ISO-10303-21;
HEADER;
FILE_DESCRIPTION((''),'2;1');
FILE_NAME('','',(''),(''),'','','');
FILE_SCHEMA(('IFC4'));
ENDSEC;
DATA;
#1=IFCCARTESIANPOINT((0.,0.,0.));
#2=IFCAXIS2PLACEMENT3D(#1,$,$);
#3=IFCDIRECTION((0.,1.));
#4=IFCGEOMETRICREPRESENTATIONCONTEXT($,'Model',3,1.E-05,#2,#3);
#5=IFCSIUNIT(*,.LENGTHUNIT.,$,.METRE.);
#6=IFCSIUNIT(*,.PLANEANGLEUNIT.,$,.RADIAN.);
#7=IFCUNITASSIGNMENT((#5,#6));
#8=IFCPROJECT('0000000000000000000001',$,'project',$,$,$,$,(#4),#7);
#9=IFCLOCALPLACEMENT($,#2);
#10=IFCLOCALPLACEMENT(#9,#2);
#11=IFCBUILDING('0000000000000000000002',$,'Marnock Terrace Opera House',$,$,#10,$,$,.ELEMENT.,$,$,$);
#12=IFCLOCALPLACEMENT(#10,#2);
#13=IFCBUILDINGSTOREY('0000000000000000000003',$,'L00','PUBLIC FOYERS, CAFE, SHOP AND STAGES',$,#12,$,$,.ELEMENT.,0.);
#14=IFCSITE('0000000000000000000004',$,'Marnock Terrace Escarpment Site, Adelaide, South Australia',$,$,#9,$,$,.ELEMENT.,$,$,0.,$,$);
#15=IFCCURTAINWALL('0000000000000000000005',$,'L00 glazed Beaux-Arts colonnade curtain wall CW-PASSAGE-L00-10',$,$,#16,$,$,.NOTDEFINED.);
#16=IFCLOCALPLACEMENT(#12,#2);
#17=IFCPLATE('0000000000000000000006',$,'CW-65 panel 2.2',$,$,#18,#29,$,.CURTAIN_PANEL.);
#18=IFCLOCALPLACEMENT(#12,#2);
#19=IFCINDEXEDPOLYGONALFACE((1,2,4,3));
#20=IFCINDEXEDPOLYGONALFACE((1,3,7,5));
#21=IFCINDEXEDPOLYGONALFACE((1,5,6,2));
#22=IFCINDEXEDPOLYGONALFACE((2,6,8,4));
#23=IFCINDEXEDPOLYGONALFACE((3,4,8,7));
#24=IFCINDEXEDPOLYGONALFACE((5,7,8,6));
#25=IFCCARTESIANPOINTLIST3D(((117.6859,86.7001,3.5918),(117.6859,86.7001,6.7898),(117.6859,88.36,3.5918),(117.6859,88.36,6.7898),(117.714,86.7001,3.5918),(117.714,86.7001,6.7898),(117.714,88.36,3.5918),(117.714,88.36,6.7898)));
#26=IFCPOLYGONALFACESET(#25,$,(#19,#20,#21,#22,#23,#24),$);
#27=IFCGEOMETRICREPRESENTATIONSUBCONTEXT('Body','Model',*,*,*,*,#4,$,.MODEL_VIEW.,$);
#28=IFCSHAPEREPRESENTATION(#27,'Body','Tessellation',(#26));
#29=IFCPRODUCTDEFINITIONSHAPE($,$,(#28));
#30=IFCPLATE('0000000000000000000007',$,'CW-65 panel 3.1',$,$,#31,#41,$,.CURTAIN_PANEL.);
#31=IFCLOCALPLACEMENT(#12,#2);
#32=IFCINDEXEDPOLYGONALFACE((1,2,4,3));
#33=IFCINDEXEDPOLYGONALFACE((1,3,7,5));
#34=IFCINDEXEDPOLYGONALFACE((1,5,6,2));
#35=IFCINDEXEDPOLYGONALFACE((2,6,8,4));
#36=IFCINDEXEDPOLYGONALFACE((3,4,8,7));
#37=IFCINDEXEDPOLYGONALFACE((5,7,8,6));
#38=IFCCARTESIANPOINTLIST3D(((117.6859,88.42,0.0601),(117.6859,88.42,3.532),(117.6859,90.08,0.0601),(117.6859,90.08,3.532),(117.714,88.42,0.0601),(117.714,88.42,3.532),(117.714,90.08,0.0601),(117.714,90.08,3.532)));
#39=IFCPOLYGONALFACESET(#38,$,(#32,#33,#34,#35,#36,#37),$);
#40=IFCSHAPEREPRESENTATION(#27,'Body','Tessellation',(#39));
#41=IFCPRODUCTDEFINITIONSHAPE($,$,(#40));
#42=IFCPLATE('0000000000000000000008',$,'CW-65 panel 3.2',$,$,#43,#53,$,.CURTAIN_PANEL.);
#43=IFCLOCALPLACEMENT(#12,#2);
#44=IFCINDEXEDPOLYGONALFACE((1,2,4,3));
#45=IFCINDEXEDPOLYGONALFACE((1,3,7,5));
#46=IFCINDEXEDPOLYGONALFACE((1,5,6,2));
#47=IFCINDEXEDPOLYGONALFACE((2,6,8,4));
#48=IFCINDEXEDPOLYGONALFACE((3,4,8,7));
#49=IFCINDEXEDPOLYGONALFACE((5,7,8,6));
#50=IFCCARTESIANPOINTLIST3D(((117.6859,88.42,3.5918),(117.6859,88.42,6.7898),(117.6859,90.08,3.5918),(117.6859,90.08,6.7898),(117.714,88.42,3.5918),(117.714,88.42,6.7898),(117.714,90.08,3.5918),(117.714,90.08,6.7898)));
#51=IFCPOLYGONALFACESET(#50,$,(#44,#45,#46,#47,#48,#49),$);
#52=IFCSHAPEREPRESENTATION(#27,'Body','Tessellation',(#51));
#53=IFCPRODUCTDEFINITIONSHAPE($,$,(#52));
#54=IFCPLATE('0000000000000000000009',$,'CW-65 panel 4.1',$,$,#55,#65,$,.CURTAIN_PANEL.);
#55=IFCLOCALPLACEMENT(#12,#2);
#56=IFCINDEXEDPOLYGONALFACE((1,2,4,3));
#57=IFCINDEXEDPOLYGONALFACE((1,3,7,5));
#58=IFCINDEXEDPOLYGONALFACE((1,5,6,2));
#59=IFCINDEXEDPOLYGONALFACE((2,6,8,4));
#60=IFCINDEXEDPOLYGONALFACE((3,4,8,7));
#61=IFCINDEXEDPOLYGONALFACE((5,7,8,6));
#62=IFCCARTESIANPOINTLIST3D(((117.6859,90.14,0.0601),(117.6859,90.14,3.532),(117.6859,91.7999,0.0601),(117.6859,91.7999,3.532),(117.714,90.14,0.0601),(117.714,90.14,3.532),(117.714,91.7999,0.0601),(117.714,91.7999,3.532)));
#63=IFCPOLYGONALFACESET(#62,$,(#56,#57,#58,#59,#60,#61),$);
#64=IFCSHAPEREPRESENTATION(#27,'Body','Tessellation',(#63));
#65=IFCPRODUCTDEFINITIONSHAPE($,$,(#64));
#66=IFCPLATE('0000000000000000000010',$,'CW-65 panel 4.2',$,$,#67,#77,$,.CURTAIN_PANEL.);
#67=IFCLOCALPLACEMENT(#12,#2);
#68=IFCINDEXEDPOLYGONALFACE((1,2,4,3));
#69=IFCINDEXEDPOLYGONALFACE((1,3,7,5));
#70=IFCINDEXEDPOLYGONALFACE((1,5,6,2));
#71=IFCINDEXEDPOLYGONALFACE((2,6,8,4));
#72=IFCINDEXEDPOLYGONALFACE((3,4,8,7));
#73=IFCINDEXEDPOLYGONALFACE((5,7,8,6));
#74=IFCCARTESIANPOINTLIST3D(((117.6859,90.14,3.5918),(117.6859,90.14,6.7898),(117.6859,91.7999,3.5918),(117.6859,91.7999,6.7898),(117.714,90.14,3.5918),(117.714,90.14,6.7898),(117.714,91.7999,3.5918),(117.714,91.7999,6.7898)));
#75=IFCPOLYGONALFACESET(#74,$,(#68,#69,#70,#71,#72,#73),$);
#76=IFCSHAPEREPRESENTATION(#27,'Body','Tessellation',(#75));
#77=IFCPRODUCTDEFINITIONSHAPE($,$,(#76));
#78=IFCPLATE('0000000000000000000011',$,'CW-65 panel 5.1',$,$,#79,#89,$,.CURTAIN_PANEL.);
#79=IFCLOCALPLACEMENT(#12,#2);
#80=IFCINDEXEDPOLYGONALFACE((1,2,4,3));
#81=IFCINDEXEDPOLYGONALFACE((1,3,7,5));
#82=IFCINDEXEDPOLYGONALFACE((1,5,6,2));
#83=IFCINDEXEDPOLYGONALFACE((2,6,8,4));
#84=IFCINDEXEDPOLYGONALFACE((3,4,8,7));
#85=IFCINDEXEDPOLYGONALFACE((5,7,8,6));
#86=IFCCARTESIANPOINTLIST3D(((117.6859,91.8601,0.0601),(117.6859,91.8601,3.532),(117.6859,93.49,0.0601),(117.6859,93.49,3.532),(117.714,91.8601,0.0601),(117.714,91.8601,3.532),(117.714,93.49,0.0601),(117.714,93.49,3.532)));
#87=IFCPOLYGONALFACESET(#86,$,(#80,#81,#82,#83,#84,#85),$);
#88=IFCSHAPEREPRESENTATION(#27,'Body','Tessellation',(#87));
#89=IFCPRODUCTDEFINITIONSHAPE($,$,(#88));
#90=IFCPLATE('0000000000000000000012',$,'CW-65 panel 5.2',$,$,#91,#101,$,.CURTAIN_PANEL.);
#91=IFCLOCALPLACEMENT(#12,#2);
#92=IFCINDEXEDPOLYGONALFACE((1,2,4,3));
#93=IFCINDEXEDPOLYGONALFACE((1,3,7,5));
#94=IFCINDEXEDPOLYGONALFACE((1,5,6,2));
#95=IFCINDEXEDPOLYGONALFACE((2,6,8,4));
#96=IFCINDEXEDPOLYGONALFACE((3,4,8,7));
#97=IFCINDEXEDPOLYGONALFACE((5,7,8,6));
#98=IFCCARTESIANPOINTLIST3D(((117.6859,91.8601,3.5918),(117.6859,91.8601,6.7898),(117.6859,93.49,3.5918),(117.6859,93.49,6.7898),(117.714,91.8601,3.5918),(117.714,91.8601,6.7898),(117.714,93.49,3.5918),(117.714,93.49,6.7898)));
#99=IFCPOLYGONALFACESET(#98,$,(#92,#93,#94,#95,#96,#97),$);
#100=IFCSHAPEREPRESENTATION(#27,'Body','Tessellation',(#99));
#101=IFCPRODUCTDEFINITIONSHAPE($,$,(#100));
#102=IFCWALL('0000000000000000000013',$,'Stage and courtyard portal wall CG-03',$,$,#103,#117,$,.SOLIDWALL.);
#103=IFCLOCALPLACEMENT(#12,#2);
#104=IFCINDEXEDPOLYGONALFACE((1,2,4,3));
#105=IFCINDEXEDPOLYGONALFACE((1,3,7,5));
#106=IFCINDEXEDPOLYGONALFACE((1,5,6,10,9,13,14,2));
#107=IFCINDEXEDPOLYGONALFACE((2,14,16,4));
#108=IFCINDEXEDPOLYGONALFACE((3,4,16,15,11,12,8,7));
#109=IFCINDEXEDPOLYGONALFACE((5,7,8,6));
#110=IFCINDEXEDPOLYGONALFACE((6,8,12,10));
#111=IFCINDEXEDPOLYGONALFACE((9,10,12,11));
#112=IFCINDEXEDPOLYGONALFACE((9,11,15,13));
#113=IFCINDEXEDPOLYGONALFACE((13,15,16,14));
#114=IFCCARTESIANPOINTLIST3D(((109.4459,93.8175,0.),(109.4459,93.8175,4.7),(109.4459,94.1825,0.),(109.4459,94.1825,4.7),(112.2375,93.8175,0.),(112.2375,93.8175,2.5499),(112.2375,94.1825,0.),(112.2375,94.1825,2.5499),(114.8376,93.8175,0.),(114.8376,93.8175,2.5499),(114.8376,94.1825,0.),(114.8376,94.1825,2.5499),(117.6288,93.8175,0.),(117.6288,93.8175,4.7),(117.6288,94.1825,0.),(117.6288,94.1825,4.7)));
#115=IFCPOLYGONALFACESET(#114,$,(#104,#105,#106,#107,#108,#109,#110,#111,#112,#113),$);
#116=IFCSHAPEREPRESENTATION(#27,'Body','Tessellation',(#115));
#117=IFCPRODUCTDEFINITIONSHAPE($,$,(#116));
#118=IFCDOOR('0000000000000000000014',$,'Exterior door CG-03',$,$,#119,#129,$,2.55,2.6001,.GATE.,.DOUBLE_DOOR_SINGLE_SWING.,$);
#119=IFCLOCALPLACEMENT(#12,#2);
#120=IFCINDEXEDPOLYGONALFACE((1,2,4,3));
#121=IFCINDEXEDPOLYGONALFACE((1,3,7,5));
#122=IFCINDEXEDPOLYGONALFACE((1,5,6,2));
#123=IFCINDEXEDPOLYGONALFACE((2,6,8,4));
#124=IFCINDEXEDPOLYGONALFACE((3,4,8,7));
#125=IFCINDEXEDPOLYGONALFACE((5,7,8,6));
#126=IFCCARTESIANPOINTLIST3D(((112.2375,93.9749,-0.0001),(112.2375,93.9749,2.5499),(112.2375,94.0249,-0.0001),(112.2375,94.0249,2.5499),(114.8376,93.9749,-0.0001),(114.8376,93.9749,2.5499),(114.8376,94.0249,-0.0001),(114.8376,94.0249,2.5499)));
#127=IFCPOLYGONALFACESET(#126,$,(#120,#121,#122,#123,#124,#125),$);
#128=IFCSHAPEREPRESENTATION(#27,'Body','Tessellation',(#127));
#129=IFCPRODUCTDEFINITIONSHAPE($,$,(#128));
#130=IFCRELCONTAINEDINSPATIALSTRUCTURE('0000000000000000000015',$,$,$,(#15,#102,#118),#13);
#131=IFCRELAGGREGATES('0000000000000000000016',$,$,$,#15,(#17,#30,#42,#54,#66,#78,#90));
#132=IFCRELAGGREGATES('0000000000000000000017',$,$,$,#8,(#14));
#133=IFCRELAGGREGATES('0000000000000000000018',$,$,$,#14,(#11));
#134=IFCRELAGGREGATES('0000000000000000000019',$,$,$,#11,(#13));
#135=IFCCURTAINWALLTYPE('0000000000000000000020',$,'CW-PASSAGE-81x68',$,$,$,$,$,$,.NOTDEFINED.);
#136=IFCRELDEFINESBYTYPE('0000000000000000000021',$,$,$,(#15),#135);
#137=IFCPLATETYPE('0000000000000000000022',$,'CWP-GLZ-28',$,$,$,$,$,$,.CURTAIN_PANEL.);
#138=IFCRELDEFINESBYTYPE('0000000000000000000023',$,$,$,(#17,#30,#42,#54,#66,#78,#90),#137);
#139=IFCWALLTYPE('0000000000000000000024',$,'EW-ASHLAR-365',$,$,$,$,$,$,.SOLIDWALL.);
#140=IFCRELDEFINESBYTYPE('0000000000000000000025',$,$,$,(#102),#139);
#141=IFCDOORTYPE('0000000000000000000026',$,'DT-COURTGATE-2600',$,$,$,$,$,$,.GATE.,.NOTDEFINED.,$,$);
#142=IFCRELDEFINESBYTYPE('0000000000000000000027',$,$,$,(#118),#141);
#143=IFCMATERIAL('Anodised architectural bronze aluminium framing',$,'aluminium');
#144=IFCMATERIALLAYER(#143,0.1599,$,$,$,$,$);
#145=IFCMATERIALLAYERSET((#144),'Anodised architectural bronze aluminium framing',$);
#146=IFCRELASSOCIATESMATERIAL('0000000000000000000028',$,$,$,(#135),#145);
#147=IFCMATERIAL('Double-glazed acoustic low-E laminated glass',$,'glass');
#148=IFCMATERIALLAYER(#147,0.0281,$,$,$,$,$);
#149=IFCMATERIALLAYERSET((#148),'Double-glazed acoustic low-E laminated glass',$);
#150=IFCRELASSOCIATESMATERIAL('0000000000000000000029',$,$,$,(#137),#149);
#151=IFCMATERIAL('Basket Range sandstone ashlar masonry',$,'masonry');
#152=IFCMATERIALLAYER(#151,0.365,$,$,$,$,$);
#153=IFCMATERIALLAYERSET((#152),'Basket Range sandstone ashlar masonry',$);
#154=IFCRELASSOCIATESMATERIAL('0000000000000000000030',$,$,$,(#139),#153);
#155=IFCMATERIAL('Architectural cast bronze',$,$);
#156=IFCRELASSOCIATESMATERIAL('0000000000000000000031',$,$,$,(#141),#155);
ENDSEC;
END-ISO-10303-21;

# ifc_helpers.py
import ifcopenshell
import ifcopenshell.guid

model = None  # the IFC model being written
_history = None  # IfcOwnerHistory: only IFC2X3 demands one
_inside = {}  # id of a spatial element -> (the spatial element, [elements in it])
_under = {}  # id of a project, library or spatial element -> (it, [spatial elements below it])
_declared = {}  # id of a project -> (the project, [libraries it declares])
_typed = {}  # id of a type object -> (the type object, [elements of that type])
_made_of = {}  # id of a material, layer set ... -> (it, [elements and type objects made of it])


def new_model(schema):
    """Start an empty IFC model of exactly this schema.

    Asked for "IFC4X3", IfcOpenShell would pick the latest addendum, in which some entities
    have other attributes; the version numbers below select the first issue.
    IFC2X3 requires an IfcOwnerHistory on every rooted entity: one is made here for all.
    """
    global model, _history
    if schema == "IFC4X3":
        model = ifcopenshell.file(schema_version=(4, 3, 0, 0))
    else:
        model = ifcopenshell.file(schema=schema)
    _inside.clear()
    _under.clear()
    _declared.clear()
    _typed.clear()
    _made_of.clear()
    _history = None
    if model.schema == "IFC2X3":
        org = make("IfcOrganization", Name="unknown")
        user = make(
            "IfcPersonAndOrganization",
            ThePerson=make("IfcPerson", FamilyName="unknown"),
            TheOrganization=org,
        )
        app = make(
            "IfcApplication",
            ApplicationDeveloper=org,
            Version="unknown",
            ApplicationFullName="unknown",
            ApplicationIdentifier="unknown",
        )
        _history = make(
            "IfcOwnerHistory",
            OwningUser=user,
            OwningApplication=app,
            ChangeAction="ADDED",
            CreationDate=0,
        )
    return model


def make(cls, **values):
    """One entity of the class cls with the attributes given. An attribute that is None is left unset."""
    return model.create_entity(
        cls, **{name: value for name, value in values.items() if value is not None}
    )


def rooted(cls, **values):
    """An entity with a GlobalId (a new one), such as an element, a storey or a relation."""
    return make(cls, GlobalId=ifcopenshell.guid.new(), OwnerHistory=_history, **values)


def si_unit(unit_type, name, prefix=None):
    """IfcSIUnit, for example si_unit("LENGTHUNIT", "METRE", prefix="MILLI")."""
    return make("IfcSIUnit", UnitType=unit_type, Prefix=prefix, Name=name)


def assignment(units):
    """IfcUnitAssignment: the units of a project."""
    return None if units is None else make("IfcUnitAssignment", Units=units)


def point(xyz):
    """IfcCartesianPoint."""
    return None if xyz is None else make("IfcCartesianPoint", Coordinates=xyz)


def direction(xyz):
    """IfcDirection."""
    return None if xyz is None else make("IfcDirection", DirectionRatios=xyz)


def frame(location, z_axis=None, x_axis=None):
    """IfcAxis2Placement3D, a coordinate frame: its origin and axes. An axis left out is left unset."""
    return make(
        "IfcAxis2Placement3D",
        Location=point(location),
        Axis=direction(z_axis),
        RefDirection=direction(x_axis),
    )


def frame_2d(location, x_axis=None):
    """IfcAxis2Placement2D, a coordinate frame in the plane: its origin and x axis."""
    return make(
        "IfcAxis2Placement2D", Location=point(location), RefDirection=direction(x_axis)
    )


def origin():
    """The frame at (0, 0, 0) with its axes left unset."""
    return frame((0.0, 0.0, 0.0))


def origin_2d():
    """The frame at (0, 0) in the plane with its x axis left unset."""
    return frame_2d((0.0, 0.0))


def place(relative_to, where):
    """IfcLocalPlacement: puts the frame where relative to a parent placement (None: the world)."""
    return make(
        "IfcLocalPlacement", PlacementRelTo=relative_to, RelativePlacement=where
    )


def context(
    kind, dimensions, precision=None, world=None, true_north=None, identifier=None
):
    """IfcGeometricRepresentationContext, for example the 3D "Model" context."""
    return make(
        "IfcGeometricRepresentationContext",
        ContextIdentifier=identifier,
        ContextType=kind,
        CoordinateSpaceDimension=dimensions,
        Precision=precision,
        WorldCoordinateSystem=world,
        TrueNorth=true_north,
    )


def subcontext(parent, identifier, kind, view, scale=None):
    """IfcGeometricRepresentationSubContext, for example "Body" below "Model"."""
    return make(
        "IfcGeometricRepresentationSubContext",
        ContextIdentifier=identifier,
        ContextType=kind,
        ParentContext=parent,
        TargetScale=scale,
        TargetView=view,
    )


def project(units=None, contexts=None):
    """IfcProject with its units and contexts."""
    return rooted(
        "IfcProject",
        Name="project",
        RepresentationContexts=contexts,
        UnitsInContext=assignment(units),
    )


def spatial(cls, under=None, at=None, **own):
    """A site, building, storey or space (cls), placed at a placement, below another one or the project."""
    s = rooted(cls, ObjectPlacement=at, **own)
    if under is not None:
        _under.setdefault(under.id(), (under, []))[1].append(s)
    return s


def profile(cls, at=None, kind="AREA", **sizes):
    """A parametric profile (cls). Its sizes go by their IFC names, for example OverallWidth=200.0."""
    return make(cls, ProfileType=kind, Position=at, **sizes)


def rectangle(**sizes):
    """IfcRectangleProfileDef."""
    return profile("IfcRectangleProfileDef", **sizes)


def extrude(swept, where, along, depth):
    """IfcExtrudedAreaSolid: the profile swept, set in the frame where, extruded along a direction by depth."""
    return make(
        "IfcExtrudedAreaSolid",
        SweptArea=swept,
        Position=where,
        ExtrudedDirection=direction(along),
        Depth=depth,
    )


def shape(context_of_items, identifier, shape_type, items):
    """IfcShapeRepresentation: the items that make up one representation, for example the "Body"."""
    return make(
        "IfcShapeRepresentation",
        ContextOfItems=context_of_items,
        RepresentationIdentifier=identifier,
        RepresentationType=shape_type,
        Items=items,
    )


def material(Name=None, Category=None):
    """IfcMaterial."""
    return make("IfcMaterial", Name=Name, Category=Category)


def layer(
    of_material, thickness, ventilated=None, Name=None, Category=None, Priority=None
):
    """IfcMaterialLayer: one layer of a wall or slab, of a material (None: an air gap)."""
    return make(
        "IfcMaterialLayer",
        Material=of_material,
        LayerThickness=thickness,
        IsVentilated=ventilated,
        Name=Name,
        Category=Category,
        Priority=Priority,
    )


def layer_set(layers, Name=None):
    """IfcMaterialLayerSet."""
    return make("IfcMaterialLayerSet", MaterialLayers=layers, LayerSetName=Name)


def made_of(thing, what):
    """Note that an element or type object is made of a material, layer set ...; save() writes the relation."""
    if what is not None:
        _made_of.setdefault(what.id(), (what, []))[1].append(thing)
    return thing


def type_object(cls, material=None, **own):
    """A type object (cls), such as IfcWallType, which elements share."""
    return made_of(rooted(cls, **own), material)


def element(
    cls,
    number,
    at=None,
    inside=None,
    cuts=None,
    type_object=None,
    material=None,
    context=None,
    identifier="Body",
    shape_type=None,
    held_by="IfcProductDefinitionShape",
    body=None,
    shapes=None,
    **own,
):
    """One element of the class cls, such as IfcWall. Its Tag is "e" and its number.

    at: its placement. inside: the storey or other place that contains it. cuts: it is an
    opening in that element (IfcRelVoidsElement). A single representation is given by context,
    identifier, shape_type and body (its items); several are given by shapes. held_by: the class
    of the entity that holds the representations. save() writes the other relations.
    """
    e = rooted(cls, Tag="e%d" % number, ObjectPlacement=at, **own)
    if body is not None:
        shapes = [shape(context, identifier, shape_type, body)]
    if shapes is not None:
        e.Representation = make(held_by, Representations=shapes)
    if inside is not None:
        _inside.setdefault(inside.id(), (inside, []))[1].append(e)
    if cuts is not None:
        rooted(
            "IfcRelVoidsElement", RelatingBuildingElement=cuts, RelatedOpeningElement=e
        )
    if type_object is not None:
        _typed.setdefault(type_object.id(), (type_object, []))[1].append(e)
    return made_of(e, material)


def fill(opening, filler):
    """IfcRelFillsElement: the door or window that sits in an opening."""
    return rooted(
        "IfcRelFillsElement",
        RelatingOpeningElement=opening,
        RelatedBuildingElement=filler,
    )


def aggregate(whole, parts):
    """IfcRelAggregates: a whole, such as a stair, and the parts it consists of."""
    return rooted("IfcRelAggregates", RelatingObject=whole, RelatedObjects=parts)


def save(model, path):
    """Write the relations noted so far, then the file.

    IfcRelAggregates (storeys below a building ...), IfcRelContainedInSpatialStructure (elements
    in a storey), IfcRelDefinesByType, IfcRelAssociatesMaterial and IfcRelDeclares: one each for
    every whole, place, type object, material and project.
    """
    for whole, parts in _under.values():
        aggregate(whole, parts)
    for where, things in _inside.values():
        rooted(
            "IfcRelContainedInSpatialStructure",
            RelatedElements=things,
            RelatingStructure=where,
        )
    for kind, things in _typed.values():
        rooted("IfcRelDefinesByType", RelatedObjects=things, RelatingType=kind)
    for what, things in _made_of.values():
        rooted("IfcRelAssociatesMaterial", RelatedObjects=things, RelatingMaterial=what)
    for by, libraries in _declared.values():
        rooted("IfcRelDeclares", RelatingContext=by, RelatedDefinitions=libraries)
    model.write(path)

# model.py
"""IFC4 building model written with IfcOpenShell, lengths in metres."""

from ifc_helpers import new_model, si_unit, direction, frame, frame_2d, origin, origin_2d, place, context, subcontext, project, spatial, rectangle, extrude, material, layer, layer_set, type_object, element, fill, aggregate, save


model = new_model("IFC4")

# Units and contexts
model_context = context("Model", 3, precision=1e-05, world=origin(), true_north=direction((0.0, 1.0)))
body_context = subcontext(model_context, "Body", "Model", "MODEL_VIEW")
ifc_project = project(units=[si_unit("LENGTHUNIT", "METRE"), si_unit("PLANEANGLEUNIT", "RADIAN")], contexts=[model_context])

# Site, building, storey
site_placement = place(None, origin())
site = spatial("IfcSite", under=ifc_project, at=site_placement, Name="Marnock Terrace Escarpment Site, Adelaide, South Australia", CompositionType="ELEMENT", RefElevation=0.0)
building_placement = place(site_placement, origin())
building = spatial("IfcBuilding", under=site, at=building_placement, Name="Marnock Terrace Opera House", CompositionType="ELEMENT")
storey_placement = place(building_placement, origin())
storey = spatial("IfcBuildingStorey", under=building, at=storey_placement, Name="L00", Description="PUBLIC FOYERS, CAFE, SHOP AND STAGES", CompositionType="ELEMENT", Elevation=0.0)

# Curtain wall, plates
ifc_material_1 = material(Name="Anodised architectural bronze aluminium framing", Category="aluminium")
ifc_layer_1 = layer(ifc_material_1, 0.1599)
ifc_layer_set_1 = layer_set([ifc_layer_1], Name="Anodised architectural bronze aluminium framing")
curtain_wall_type = type_object("IfcCurtainWallType", Name="CW-PASSAGE-81x68", PredefinedType="NOTDEFINED", material=ifc_layer_set_1)
curtain_wall_placement = place(storey_placement, origin())
curtain_wall = element("IfcCurtainWall", 1, at=curtain_wall_placement, inside=storey, type_object=curtain_wall_type, Name="L00 glazed Beaux-Arts colonnade curtain wall CW-PASSAGE-L00-10", PredefinedType="NOTDEFINED")
ifc_material_2 = material(Name="Double-glazed acoustic low-E laminated glass", Category="glass")
ifc_layer_2 = layer(ifc_material_2, 0.0281)
ifc_layer_set_2 = layer_set([ifc_layer_2], Name="Double-glazed acoustic low-E laminated glass")
plate_type = type_object("IfcPlateType", Name="CWP-GLZ-28", PredefinedType="CURTAIN_PANEL", material=ifc_layer_set_2)
plate_1_placement = place(storey_placement, frame((117.7, 87.53, 3.5918), z_axis=(0.0, 0.0, 1.0), x_axis=(0.0, 1.0, 0.0)))
plate_1 = element("IfcPlate", 2, at=plate_1_placement, type_object=plate_type, Name="CW-65 panel 2.2", PredefinedType="CURTAIN_PANEL", context=body_context, shape_type="SweptSolid", body=[
    extrude(rectangle(XDim=1.6599, YDim=0.0281, at=origin_2d()), origin(), (0.0, 0.0, 1.0), 3.198),
])
plate_2_placement = place(storey_placement, frame((117.7, 89.25, 0.0601), z_axis=(0.0, 0.0, 1.0), x_axis=(0.0, 1.0, 0.0)))
plate_2 = element("IfcPlate", 3, at=plate_2_placement, type_object=plate_type, Name="CW-65 panel 3.1", PredefinedType="CURTAIN_PANEL", context=body_context, shape_type="SweptSolid", body=[
    extrude(rectangle(XDim=1.6599, YDim=0.0281, at=origin_2d()), origin(), (0.0, 0.0, 1.0), 3.4719),
])
plate_3_placement = place(storey_placement, frame((117.7, 89.25, 3.5918), z_axis=(0.0, 0.0, 1.0), x_axis=(0.0, 1.0, 0.0)))
plate_3 = element("IfcPlate", 4, at=plate_3_placement, type_object=plate_type, Name="CW-65 panel 3.2", PredefinedType="CURTAIN_PANEL", context=body_context, shape_type="SweptSolid", body=[
    extrude(rectangle(XDim=1.6599, YDim=0.0281, at=origin_2d()), origin(), (0.0, 0.0, 1.0), 3.198),
])
plate_4_placement = place(storey_placement, frame((117.7, 90.97, 0.0601), z_axis=(0.0, 0.0, 1.0), x_axis=(0.0, 1.0, 0.0)))
plate_4 = element("IfcPlate", 5, at=plate_4_placement, type_object=plate_type, Name="CW-65 panel 4.1", PredefinedType="CURTAIN_PANEL", context=body_context, shape_type="SweptSolid", body=[
    extrude(rectangle(XDim=1.6599, YDim=0.0281, at=origin_2d()), origin(), (0.0, 0.0, 1.0), 3.4719),
])
plate_5_placement = place(storey_placement, frame((117.7, 90.97, 3.5918), z_axis=(0.0, 0.0, 1.0), x_axis=(0.0, 1.0, 0.0)))
plate_5 = element("IfcPlate", 6, at=plate_5_placement, type_object=plate_type, Name="CW-65 panel 4.2", PredefinedType="CURTAIN_PANEL", context=body_context, shape_type="SweptSolid", body=[
    extrude(rectangle(XDim=1.6599, YDim=0.0281, at=origin_2d()), origin(), (0.0, 0.0, 1.0), 3.198),
])
plate_6_placement = place(storey_placement, frame((117.7, 92.675, 0.0601), z_axis=(0.0, 0.0, 1.0), x_axis=(0.0, 1.0, 0.0)))
plate_6 = element("IfcPlate", 7, at=plate_6_placement, type_object=plate_type, Name="CW-65 panel 5.1", PredefinedType="CURTAIN_PANEL", context=body_context, shape_type="SweptSolid", body=[
    extrude(rectangle(XDim=1.6299, YDim=0.0281, at=origin_2d()), origin(), (0.0, 0.0, 1.0), 3.4719),
])
plate_7_placement = place(storey_placement, frame((117.7, 92.675, 3.5918), z_axis=(0.0, 0.0, 1.0), x_axis=(0.0, 1.0, 0.0)))
plate_7 = element("IfcPlate", 8, at=plate_7_placement, type_object=plate_type, Name="CW-65 panel 5.2", PredefinedType="CURTAIN_PANEL", context=body_context, shape_type="SweptSolid", body=[
    extrude(rectangle(XDim=1.6299, YDim=0.0281, at=origin_2d()), origin(), (0.0, 0.0, 1.0), 3.198),
])
aggregate(curtain_wall, [plate_1, plate_2, plate_3, plate_4, plate_5, plate_6, plate_7])

# Wall, opening, door
ifc_material_3 = material(Name="Basket Range sandstone ashlar masonry", Category="masonry")
ifc_layer_3 = layer(ifc_material_3, 0.365)
ifc_layer_set_3 = layer_set([ifc_layer_3], Name="Basket Range sandstone ashlar masonry")
wall_type = type_object("IfcWallType", Name="EW-ASHLAR-365", PredefinedType="SOLIDWALL", material=ifc_layer_set_3)
wall_placement = place(storey_placement, frame((109.446, 94.0, 0.0), z_axis=(0.0, 0.0, 1.0), x_axis=(1.0, 0.0, 0.0)))
wall = element("IfcWall", 9, at=wall_placement, inside=storey, type_object=wall_type, Name="Stage and courtyard portal wall CG-03", PredefinedType="SOLIDWALL", context=body_context, shape_type="SweptSolid", body=[
    extrude(rectangle(XDim=8.1829, YDim=0.365, at=frame_2d((4.0913, 0.0))), origin(), (0.0, 0.0, 1.0), 4.7),
])
opening_placement = place(wall_placement, frame((2.7915, 0.0, 0.0)))
opening = element("IfcOpeningElement", 10, at=opening_placement, cuts=wall, PredefinedType="OPENING", context=body_context, shape_type="SweptSolid", body=[
    extrude(rectangle(XDim=2.6001, YDim=2.55, at=frame_2d((1.3, 1.2749))), frame((0.0, 0.1924, 0.0), z_axis=(0.0, -1.0, 0.0), x_axis=(1.0, 0.0, 0.0)), (0.0, 0.0, 1.0), 0.385),
])
ifc_material_4 = material(Name="Architectural cast bronze")
door_type = type_object("IfcDoorType", Name="DT-COURTGATE-2600", OperationType="NOTDEFINED", PredefinedType="GATE", material=ifc_material_4)
door_placement = place(opening_placement, origin())
door = element("IfcDoor", 11, at=door_placement, inside=storey, type_object=door_type, Name="Exterior door CG-03", OperationType="DOUBLE_DOOR_SINGLE_SWING", OverallHeight=2.55, OverallWidth=2.6001, PredefinedType="GATE", context=body_context, shape_type="SweptSolid", body=[
    extrude(rectangle(XDim=2.6001, YDim=2.55, at=frame_2d((1.3, 1.2749))), frame((0.0, 0.0249, 0.0), z_axis=(0.0, -1.0, 0.0), x_axis=(1.0, 0.0, 0.0)), (0.0, 0.0, 1.0), 0.05),
])
fill(opening, door)

save(model, "model.ifc")
